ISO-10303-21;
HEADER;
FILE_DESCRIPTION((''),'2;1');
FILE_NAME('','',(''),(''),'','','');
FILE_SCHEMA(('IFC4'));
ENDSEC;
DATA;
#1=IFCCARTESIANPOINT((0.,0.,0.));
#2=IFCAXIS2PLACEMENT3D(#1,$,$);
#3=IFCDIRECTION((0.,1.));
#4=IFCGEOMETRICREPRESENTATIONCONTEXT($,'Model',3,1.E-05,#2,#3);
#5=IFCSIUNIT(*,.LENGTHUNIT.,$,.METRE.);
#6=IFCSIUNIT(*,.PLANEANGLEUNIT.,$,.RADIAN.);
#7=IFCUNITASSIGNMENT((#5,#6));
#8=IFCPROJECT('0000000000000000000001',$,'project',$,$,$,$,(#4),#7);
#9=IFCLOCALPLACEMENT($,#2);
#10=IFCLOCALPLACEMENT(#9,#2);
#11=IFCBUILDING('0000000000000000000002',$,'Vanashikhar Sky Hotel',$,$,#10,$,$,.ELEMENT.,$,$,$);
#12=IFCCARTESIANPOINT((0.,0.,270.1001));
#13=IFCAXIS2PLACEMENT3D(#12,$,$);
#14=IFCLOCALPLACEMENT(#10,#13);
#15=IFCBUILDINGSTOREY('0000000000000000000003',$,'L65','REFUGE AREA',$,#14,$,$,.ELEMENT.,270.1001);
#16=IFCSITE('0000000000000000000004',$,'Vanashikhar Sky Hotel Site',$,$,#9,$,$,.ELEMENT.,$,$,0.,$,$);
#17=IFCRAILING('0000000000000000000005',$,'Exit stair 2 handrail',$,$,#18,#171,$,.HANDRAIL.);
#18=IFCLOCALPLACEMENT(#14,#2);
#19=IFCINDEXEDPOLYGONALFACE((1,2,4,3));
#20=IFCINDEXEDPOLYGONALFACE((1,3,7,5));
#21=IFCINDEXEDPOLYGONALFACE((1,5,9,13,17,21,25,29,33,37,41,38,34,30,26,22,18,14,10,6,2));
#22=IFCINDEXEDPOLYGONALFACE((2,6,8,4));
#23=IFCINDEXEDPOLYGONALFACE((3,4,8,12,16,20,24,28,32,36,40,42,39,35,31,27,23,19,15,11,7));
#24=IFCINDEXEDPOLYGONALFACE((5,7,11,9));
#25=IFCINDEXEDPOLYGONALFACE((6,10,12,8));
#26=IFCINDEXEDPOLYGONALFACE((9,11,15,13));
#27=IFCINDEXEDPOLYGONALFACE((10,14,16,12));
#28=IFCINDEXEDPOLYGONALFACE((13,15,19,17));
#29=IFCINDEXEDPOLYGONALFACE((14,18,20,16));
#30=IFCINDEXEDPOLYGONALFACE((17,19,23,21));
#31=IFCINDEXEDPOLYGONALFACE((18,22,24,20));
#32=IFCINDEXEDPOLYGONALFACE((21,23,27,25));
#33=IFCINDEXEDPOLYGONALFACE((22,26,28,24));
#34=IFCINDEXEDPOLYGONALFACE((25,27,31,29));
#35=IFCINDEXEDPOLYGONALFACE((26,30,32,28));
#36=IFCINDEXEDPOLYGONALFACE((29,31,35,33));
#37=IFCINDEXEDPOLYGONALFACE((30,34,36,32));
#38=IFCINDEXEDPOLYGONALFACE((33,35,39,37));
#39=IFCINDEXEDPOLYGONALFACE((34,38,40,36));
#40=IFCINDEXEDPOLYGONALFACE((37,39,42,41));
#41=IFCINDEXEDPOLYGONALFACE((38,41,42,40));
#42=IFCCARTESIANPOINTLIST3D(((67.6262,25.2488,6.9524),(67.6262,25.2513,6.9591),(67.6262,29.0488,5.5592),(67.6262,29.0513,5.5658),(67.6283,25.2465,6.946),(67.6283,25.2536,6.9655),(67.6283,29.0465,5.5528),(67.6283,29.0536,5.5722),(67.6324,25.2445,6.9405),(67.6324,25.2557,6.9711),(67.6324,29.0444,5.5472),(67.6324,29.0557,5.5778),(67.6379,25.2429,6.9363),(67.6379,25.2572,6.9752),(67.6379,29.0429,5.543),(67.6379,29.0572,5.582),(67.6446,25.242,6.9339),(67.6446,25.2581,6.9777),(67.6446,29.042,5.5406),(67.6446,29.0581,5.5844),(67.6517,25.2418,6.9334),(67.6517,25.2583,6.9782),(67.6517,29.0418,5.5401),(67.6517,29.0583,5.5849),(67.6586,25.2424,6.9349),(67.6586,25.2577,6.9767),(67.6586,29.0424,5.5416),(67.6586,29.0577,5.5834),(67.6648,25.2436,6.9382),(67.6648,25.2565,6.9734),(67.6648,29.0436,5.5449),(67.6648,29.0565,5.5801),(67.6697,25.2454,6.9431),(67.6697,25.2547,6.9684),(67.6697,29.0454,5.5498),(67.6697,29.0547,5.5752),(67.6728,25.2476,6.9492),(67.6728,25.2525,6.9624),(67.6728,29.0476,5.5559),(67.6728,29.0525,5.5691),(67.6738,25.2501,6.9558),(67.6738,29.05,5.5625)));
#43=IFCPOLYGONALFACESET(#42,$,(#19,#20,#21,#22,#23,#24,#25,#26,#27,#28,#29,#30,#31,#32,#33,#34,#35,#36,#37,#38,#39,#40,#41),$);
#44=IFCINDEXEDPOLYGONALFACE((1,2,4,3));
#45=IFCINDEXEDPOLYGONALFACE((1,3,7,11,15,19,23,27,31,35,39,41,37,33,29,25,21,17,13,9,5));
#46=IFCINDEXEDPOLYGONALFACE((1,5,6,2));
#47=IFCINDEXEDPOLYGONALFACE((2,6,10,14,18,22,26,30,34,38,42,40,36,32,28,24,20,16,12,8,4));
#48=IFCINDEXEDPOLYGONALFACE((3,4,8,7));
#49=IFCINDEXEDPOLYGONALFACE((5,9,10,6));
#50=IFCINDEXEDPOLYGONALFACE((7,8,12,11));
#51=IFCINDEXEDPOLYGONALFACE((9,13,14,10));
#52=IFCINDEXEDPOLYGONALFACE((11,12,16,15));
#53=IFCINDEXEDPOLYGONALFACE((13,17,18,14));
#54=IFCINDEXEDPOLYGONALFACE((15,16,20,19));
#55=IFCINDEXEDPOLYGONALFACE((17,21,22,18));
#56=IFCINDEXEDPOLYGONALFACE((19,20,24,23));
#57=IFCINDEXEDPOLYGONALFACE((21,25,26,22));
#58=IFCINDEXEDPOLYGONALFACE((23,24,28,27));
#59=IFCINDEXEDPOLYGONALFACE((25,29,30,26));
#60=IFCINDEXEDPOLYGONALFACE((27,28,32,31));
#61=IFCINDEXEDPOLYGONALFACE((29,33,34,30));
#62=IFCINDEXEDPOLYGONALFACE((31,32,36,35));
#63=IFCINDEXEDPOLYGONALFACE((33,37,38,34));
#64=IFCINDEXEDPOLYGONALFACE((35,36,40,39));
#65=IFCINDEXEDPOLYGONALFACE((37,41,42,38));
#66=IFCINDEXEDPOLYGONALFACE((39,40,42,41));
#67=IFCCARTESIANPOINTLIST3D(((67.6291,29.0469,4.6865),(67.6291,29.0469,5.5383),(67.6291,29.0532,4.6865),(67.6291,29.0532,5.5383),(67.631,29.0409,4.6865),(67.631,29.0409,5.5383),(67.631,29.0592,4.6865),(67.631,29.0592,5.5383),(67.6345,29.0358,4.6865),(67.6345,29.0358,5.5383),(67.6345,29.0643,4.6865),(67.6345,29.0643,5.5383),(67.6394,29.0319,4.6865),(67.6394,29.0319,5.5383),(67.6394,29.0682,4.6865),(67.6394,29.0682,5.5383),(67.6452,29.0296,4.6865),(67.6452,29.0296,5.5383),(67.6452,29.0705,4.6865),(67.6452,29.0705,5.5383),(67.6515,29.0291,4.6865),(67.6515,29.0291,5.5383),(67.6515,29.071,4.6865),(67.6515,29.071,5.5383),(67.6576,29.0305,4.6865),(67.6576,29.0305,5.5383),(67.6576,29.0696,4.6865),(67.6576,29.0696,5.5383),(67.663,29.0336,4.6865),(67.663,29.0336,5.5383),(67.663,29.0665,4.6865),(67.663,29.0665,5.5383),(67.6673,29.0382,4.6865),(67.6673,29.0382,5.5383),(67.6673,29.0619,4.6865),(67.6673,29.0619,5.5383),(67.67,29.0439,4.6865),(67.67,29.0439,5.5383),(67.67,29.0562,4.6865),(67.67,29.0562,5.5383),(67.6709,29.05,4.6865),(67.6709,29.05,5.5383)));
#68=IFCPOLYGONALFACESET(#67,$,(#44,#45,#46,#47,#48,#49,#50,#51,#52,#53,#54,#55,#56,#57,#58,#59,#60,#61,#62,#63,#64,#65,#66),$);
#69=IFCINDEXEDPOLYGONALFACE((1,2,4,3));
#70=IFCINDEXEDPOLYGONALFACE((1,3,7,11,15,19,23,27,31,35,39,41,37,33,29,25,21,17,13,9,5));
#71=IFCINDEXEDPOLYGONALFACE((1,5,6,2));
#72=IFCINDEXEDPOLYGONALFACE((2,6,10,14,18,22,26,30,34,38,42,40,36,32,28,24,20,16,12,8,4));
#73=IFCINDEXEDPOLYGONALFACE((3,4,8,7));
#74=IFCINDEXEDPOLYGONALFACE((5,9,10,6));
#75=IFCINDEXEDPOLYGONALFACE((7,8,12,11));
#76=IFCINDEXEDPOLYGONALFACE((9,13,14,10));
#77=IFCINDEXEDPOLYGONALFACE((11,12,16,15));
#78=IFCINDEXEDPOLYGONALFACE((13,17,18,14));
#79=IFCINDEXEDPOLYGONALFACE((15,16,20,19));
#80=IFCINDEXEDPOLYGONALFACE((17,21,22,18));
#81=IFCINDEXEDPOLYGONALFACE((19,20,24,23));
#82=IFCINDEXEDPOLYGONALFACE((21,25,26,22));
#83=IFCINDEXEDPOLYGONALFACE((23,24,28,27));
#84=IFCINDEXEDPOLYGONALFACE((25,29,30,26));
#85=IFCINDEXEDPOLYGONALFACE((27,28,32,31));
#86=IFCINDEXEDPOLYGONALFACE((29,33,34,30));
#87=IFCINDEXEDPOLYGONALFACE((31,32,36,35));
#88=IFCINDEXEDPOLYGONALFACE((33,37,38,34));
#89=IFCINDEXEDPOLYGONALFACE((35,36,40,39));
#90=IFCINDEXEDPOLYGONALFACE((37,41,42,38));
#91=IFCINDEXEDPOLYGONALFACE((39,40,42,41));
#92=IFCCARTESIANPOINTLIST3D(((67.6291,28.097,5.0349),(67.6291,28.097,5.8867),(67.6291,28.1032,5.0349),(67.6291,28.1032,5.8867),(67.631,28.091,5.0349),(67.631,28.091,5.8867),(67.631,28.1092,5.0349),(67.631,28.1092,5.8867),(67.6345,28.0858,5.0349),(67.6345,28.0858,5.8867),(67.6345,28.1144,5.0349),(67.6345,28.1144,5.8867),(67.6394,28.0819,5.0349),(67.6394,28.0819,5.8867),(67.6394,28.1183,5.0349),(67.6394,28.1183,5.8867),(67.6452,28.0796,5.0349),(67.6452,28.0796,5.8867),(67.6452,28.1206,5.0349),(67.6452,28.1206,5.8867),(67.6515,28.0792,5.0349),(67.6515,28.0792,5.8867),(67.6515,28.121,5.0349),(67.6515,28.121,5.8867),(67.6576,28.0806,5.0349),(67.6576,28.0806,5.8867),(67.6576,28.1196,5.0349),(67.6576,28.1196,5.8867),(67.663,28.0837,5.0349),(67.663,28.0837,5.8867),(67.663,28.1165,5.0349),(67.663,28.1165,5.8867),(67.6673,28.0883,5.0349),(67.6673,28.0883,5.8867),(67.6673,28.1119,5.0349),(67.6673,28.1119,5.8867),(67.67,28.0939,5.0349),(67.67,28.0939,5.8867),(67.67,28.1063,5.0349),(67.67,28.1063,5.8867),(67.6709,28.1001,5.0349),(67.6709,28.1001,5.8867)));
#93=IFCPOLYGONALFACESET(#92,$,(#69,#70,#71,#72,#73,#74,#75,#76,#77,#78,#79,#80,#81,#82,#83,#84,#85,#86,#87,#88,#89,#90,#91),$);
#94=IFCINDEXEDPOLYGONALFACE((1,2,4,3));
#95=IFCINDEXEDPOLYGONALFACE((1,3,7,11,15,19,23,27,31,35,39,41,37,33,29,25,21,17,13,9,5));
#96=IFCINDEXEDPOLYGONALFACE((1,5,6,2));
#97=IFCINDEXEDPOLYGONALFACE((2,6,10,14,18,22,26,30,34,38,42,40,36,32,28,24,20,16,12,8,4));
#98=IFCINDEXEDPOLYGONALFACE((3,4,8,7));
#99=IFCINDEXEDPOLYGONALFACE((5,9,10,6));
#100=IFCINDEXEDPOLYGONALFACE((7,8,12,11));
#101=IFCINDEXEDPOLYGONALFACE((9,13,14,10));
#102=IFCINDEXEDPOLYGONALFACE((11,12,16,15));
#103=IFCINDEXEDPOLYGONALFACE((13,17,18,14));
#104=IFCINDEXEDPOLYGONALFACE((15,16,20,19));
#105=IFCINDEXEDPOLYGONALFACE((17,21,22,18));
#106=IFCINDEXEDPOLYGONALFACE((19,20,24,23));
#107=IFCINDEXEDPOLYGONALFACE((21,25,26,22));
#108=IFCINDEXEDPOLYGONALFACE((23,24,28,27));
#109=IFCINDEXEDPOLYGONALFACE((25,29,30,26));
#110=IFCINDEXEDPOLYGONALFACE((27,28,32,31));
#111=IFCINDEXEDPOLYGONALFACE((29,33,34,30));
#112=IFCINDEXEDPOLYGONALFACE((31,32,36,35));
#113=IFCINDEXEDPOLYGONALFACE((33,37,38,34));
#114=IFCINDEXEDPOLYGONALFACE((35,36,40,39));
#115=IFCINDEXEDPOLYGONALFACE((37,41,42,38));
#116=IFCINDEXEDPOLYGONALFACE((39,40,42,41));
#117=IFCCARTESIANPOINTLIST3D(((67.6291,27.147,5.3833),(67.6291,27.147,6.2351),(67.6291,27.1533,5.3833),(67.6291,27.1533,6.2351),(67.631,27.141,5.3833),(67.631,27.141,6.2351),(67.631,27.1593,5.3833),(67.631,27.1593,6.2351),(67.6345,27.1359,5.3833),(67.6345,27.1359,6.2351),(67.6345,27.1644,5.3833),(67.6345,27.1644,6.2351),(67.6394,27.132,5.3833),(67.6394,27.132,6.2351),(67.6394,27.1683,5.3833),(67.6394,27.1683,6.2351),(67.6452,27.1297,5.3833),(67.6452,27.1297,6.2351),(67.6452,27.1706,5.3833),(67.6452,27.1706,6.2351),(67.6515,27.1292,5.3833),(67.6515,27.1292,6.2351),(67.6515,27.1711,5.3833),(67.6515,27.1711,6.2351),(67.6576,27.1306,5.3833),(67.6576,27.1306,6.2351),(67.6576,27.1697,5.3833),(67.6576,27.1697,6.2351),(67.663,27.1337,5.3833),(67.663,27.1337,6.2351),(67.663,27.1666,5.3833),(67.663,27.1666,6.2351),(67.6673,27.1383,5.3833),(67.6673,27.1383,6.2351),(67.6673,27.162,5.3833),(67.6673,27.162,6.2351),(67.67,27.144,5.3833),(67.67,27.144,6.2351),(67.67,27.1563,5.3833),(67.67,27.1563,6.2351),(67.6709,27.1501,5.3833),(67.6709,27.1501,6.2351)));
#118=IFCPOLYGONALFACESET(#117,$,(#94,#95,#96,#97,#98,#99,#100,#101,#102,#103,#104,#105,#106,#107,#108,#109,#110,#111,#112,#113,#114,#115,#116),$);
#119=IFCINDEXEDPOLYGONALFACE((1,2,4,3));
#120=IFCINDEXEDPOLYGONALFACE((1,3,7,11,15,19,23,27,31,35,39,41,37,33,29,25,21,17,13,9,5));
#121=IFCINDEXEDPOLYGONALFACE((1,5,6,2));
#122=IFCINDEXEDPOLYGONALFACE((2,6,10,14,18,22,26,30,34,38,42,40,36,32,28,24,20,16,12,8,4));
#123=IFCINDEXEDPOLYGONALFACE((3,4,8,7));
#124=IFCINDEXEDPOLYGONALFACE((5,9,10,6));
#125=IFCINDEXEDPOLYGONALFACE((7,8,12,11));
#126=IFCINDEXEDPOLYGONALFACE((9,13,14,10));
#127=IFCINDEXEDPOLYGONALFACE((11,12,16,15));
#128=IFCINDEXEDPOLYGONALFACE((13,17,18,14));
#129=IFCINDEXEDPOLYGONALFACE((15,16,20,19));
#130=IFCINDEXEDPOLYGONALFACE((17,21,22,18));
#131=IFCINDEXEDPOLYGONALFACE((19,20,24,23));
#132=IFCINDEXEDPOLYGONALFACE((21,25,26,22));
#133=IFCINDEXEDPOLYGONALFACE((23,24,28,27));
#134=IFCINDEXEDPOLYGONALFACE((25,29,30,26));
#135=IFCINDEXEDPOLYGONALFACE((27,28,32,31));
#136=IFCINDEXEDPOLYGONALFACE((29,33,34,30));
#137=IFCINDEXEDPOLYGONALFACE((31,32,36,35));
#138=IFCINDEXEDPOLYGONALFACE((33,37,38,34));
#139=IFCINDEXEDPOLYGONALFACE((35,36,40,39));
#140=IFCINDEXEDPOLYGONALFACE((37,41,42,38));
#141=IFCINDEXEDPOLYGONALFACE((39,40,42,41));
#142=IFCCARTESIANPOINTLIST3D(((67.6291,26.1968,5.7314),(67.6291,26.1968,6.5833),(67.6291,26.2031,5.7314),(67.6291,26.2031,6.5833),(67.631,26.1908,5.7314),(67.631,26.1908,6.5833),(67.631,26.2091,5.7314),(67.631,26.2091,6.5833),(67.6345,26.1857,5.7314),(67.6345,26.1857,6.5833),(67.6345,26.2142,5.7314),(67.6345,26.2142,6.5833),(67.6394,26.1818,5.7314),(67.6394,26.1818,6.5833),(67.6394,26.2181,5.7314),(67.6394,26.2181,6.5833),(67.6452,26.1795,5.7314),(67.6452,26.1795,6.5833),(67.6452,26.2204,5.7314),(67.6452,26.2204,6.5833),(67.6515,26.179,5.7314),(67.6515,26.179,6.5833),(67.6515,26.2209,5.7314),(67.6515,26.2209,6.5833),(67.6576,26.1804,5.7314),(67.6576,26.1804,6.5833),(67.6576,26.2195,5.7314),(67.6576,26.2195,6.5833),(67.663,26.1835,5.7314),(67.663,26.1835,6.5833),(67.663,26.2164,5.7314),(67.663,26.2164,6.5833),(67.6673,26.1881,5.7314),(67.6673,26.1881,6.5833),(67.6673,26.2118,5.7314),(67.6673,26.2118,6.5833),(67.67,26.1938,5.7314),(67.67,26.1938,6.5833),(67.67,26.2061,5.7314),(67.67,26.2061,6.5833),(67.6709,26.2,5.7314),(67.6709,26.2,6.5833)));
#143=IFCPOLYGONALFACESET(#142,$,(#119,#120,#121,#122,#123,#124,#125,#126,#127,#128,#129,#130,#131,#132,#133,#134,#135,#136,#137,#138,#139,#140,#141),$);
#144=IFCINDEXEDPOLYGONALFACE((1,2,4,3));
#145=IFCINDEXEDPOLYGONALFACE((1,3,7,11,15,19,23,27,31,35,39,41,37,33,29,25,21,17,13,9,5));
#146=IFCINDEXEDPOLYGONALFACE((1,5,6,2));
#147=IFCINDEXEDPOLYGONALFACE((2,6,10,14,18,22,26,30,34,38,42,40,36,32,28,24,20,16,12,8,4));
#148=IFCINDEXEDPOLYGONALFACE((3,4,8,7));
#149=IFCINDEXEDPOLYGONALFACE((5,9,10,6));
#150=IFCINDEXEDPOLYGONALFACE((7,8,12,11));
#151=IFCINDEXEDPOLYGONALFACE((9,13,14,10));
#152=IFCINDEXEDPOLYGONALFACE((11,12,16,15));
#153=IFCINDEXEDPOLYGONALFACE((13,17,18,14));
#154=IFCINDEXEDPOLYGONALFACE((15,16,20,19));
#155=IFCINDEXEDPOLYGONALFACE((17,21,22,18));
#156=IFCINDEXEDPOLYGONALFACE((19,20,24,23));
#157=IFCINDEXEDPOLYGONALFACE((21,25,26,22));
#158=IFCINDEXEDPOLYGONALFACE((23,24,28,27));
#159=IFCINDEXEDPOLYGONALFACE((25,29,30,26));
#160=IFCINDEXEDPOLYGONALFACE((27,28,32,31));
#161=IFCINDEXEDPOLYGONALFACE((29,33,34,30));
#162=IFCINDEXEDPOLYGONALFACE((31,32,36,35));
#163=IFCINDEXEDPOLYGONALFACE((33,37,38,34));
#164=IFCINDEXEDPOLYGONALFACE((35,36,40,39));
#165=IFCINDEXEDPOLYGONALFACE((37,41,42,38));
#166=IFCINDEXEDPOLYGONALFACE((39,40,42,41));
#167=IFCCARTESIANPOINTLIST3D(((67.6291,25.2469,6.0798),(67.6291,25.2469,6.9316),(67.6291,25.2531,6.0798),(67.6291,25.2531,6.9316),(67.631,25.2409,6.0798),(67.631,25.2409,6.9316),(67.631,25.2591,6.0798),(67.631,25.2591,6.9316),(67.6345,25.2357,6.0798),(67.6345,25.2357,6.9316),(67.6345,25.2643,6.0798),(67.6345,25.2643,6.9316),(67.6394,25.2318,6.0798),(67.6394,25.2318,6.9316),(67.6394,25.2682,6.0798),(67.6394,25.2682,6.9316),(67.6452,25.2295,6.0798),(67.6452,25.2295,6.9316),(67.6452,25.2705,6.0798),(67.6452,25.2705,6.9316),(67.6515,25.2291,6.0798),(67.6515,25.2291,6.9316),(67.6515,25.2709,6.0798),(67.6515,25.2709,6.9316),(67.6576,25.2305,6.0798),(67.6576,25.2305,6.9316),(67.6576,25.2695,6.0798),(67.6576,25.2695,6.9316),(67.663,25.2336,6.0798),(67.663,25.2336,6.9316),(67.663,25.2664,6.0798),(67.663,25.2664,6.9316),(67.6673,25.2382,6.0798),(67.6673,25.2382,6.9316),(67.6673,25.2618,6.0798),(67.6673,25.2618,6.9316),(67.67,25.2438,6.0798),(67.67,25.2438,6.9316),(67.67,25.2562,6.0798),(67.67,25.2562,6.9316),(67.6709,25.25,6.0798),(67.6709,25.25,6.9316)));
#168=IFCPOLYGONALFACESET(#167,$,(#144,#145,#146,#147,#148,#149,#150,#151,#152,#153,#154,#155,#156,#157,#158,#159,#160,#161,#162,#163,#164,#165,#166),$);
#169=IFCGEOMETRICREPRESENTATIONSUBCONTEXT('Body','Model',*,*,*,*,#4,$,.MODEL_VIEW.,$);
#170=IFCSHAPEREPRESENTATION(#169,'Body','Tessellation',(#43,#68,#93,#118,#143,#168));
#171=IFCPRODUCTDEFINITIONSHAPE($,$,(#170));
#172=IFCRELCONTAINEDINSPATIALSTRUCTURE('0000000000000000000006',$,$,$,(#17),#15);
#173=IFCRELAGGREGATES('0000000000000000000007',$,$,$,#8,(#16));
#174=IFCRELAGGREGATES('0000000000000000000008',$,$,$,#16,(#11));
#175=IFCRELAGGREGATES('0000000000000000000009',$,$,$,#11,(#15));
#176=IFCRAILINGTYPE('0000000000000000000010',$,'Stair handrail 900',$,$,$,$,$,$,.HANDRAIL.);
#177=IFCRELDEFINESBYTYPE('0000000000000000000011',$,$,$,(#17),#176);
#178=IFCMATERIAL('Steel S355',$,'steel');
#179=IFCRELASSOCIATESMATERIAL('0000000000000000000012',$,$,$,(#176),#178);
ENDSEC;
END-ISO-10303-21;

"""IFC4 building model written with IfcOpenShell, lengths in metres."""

from ifc_helpers import new_model, si_unit, direction, frame, origin, origin_2d, place, context, subcontext, project, spatial, circle, extrude, source, transform, mapped, material, type_object, element, save


model = new_model("IFC4")

# Units and contexts
model_context = context("Model", 3, precision=1e-05, world=origin(), true_north=direction((0.0, 1.0)))
body_context = subcontext(model_context, "Body", "Model", "MODEL_VIEW")
ifc_project = project(units=[si_unit("LENGTHUNIT", "METRE"), si_unit("PLANEANGLEUNIT", "RADIAN")], contexts=[model_context])

# Site, building, storey
site_placement = place(None, origin())
site = spatial("IfcSite", under=ifc_project, at=site_placement, Name="Vanashikhar Sky Hotel Site", CompositionType="ELEMENT", RefElevation=0.0)
building_placement = place(site_placement, origin())
building = spatial("IfcBuilding", under=site, at=building_placement, Name="Vanashikhar Sky Hotel", CompositionType="ELEMENT")
storey_placement = place(building_placement, frame((0.0, 0.0, 270.1001)))
storey = spatial("IfcBuildingStorey", under=building, at=storey_placement, Name="L65", Description="REFUGE AREA", CompositionType="ELEMENT", Elevation=270.1001)

# Railing
ifc_material_1 = material(Name="Steel S355", Category="steel")
railing_type_1 = type_object("IfcRailingType", Name="Stair handrail 900", PredefinedType="HANDRAIL", material=ifc_material_1)
shared_shape_1 = source(origin(), body_context, "Body", "SweptSolid", [
    extrude(circle(Radius=0.0239, at=origin_2d()), frame((0.0, 0.0, 0.876), z_axis=(0.0, -0.93888, 0.344246), x_axis=(1.0, 0.0, 0.0)), (0.0, 0.0, 1.0), 4.0474),
    extrude(circle(Radius=0.021, at=origin_2d()), origin(), (0.0, 0.0, 1.0), 0.8518),
    extrude(circle(Radius=0.021, at=origin_2d()), frame((0.0, -0.95, 0.3484)), (0.0, 0.0, 1.0), 0.8518),
    extrude(circle(Radius=0.021, at=origin_2d()), frame((0.0, -1.8999, 0.6968)), (0.0, 0.0, 1.0), 0.8518),
    extrude(circle(Radius=0.021, at=origin_2d()), frame((0.0, -2.8501, 1.0449)), (0.0, 0.0, 1.0), 0.8518),
    extrude(circle(Radius=0.021, at=origin_2d()), frame((0.0, -3.8, 1.3933)), (0.0, 0.0, 1.0), 0.8518),
])
for number, where, name in (
    (1, (67.6499, 29.05, 4.6865), "Exit stair 2 handrail"),
):
    element("IfcRailing", number, at=place(storey_placement, frame(where)), inside=storey, type_object=railing_type_1, Name=name, PredefinedType="HANDRAIL", context=body_context, shape_type="MappedRepresentation", body=[
        mapped(shared_shape_1, transform((0.0, 0.0, 0.0), scale=1.0)),
    ])

save(model, "model.ifc")
